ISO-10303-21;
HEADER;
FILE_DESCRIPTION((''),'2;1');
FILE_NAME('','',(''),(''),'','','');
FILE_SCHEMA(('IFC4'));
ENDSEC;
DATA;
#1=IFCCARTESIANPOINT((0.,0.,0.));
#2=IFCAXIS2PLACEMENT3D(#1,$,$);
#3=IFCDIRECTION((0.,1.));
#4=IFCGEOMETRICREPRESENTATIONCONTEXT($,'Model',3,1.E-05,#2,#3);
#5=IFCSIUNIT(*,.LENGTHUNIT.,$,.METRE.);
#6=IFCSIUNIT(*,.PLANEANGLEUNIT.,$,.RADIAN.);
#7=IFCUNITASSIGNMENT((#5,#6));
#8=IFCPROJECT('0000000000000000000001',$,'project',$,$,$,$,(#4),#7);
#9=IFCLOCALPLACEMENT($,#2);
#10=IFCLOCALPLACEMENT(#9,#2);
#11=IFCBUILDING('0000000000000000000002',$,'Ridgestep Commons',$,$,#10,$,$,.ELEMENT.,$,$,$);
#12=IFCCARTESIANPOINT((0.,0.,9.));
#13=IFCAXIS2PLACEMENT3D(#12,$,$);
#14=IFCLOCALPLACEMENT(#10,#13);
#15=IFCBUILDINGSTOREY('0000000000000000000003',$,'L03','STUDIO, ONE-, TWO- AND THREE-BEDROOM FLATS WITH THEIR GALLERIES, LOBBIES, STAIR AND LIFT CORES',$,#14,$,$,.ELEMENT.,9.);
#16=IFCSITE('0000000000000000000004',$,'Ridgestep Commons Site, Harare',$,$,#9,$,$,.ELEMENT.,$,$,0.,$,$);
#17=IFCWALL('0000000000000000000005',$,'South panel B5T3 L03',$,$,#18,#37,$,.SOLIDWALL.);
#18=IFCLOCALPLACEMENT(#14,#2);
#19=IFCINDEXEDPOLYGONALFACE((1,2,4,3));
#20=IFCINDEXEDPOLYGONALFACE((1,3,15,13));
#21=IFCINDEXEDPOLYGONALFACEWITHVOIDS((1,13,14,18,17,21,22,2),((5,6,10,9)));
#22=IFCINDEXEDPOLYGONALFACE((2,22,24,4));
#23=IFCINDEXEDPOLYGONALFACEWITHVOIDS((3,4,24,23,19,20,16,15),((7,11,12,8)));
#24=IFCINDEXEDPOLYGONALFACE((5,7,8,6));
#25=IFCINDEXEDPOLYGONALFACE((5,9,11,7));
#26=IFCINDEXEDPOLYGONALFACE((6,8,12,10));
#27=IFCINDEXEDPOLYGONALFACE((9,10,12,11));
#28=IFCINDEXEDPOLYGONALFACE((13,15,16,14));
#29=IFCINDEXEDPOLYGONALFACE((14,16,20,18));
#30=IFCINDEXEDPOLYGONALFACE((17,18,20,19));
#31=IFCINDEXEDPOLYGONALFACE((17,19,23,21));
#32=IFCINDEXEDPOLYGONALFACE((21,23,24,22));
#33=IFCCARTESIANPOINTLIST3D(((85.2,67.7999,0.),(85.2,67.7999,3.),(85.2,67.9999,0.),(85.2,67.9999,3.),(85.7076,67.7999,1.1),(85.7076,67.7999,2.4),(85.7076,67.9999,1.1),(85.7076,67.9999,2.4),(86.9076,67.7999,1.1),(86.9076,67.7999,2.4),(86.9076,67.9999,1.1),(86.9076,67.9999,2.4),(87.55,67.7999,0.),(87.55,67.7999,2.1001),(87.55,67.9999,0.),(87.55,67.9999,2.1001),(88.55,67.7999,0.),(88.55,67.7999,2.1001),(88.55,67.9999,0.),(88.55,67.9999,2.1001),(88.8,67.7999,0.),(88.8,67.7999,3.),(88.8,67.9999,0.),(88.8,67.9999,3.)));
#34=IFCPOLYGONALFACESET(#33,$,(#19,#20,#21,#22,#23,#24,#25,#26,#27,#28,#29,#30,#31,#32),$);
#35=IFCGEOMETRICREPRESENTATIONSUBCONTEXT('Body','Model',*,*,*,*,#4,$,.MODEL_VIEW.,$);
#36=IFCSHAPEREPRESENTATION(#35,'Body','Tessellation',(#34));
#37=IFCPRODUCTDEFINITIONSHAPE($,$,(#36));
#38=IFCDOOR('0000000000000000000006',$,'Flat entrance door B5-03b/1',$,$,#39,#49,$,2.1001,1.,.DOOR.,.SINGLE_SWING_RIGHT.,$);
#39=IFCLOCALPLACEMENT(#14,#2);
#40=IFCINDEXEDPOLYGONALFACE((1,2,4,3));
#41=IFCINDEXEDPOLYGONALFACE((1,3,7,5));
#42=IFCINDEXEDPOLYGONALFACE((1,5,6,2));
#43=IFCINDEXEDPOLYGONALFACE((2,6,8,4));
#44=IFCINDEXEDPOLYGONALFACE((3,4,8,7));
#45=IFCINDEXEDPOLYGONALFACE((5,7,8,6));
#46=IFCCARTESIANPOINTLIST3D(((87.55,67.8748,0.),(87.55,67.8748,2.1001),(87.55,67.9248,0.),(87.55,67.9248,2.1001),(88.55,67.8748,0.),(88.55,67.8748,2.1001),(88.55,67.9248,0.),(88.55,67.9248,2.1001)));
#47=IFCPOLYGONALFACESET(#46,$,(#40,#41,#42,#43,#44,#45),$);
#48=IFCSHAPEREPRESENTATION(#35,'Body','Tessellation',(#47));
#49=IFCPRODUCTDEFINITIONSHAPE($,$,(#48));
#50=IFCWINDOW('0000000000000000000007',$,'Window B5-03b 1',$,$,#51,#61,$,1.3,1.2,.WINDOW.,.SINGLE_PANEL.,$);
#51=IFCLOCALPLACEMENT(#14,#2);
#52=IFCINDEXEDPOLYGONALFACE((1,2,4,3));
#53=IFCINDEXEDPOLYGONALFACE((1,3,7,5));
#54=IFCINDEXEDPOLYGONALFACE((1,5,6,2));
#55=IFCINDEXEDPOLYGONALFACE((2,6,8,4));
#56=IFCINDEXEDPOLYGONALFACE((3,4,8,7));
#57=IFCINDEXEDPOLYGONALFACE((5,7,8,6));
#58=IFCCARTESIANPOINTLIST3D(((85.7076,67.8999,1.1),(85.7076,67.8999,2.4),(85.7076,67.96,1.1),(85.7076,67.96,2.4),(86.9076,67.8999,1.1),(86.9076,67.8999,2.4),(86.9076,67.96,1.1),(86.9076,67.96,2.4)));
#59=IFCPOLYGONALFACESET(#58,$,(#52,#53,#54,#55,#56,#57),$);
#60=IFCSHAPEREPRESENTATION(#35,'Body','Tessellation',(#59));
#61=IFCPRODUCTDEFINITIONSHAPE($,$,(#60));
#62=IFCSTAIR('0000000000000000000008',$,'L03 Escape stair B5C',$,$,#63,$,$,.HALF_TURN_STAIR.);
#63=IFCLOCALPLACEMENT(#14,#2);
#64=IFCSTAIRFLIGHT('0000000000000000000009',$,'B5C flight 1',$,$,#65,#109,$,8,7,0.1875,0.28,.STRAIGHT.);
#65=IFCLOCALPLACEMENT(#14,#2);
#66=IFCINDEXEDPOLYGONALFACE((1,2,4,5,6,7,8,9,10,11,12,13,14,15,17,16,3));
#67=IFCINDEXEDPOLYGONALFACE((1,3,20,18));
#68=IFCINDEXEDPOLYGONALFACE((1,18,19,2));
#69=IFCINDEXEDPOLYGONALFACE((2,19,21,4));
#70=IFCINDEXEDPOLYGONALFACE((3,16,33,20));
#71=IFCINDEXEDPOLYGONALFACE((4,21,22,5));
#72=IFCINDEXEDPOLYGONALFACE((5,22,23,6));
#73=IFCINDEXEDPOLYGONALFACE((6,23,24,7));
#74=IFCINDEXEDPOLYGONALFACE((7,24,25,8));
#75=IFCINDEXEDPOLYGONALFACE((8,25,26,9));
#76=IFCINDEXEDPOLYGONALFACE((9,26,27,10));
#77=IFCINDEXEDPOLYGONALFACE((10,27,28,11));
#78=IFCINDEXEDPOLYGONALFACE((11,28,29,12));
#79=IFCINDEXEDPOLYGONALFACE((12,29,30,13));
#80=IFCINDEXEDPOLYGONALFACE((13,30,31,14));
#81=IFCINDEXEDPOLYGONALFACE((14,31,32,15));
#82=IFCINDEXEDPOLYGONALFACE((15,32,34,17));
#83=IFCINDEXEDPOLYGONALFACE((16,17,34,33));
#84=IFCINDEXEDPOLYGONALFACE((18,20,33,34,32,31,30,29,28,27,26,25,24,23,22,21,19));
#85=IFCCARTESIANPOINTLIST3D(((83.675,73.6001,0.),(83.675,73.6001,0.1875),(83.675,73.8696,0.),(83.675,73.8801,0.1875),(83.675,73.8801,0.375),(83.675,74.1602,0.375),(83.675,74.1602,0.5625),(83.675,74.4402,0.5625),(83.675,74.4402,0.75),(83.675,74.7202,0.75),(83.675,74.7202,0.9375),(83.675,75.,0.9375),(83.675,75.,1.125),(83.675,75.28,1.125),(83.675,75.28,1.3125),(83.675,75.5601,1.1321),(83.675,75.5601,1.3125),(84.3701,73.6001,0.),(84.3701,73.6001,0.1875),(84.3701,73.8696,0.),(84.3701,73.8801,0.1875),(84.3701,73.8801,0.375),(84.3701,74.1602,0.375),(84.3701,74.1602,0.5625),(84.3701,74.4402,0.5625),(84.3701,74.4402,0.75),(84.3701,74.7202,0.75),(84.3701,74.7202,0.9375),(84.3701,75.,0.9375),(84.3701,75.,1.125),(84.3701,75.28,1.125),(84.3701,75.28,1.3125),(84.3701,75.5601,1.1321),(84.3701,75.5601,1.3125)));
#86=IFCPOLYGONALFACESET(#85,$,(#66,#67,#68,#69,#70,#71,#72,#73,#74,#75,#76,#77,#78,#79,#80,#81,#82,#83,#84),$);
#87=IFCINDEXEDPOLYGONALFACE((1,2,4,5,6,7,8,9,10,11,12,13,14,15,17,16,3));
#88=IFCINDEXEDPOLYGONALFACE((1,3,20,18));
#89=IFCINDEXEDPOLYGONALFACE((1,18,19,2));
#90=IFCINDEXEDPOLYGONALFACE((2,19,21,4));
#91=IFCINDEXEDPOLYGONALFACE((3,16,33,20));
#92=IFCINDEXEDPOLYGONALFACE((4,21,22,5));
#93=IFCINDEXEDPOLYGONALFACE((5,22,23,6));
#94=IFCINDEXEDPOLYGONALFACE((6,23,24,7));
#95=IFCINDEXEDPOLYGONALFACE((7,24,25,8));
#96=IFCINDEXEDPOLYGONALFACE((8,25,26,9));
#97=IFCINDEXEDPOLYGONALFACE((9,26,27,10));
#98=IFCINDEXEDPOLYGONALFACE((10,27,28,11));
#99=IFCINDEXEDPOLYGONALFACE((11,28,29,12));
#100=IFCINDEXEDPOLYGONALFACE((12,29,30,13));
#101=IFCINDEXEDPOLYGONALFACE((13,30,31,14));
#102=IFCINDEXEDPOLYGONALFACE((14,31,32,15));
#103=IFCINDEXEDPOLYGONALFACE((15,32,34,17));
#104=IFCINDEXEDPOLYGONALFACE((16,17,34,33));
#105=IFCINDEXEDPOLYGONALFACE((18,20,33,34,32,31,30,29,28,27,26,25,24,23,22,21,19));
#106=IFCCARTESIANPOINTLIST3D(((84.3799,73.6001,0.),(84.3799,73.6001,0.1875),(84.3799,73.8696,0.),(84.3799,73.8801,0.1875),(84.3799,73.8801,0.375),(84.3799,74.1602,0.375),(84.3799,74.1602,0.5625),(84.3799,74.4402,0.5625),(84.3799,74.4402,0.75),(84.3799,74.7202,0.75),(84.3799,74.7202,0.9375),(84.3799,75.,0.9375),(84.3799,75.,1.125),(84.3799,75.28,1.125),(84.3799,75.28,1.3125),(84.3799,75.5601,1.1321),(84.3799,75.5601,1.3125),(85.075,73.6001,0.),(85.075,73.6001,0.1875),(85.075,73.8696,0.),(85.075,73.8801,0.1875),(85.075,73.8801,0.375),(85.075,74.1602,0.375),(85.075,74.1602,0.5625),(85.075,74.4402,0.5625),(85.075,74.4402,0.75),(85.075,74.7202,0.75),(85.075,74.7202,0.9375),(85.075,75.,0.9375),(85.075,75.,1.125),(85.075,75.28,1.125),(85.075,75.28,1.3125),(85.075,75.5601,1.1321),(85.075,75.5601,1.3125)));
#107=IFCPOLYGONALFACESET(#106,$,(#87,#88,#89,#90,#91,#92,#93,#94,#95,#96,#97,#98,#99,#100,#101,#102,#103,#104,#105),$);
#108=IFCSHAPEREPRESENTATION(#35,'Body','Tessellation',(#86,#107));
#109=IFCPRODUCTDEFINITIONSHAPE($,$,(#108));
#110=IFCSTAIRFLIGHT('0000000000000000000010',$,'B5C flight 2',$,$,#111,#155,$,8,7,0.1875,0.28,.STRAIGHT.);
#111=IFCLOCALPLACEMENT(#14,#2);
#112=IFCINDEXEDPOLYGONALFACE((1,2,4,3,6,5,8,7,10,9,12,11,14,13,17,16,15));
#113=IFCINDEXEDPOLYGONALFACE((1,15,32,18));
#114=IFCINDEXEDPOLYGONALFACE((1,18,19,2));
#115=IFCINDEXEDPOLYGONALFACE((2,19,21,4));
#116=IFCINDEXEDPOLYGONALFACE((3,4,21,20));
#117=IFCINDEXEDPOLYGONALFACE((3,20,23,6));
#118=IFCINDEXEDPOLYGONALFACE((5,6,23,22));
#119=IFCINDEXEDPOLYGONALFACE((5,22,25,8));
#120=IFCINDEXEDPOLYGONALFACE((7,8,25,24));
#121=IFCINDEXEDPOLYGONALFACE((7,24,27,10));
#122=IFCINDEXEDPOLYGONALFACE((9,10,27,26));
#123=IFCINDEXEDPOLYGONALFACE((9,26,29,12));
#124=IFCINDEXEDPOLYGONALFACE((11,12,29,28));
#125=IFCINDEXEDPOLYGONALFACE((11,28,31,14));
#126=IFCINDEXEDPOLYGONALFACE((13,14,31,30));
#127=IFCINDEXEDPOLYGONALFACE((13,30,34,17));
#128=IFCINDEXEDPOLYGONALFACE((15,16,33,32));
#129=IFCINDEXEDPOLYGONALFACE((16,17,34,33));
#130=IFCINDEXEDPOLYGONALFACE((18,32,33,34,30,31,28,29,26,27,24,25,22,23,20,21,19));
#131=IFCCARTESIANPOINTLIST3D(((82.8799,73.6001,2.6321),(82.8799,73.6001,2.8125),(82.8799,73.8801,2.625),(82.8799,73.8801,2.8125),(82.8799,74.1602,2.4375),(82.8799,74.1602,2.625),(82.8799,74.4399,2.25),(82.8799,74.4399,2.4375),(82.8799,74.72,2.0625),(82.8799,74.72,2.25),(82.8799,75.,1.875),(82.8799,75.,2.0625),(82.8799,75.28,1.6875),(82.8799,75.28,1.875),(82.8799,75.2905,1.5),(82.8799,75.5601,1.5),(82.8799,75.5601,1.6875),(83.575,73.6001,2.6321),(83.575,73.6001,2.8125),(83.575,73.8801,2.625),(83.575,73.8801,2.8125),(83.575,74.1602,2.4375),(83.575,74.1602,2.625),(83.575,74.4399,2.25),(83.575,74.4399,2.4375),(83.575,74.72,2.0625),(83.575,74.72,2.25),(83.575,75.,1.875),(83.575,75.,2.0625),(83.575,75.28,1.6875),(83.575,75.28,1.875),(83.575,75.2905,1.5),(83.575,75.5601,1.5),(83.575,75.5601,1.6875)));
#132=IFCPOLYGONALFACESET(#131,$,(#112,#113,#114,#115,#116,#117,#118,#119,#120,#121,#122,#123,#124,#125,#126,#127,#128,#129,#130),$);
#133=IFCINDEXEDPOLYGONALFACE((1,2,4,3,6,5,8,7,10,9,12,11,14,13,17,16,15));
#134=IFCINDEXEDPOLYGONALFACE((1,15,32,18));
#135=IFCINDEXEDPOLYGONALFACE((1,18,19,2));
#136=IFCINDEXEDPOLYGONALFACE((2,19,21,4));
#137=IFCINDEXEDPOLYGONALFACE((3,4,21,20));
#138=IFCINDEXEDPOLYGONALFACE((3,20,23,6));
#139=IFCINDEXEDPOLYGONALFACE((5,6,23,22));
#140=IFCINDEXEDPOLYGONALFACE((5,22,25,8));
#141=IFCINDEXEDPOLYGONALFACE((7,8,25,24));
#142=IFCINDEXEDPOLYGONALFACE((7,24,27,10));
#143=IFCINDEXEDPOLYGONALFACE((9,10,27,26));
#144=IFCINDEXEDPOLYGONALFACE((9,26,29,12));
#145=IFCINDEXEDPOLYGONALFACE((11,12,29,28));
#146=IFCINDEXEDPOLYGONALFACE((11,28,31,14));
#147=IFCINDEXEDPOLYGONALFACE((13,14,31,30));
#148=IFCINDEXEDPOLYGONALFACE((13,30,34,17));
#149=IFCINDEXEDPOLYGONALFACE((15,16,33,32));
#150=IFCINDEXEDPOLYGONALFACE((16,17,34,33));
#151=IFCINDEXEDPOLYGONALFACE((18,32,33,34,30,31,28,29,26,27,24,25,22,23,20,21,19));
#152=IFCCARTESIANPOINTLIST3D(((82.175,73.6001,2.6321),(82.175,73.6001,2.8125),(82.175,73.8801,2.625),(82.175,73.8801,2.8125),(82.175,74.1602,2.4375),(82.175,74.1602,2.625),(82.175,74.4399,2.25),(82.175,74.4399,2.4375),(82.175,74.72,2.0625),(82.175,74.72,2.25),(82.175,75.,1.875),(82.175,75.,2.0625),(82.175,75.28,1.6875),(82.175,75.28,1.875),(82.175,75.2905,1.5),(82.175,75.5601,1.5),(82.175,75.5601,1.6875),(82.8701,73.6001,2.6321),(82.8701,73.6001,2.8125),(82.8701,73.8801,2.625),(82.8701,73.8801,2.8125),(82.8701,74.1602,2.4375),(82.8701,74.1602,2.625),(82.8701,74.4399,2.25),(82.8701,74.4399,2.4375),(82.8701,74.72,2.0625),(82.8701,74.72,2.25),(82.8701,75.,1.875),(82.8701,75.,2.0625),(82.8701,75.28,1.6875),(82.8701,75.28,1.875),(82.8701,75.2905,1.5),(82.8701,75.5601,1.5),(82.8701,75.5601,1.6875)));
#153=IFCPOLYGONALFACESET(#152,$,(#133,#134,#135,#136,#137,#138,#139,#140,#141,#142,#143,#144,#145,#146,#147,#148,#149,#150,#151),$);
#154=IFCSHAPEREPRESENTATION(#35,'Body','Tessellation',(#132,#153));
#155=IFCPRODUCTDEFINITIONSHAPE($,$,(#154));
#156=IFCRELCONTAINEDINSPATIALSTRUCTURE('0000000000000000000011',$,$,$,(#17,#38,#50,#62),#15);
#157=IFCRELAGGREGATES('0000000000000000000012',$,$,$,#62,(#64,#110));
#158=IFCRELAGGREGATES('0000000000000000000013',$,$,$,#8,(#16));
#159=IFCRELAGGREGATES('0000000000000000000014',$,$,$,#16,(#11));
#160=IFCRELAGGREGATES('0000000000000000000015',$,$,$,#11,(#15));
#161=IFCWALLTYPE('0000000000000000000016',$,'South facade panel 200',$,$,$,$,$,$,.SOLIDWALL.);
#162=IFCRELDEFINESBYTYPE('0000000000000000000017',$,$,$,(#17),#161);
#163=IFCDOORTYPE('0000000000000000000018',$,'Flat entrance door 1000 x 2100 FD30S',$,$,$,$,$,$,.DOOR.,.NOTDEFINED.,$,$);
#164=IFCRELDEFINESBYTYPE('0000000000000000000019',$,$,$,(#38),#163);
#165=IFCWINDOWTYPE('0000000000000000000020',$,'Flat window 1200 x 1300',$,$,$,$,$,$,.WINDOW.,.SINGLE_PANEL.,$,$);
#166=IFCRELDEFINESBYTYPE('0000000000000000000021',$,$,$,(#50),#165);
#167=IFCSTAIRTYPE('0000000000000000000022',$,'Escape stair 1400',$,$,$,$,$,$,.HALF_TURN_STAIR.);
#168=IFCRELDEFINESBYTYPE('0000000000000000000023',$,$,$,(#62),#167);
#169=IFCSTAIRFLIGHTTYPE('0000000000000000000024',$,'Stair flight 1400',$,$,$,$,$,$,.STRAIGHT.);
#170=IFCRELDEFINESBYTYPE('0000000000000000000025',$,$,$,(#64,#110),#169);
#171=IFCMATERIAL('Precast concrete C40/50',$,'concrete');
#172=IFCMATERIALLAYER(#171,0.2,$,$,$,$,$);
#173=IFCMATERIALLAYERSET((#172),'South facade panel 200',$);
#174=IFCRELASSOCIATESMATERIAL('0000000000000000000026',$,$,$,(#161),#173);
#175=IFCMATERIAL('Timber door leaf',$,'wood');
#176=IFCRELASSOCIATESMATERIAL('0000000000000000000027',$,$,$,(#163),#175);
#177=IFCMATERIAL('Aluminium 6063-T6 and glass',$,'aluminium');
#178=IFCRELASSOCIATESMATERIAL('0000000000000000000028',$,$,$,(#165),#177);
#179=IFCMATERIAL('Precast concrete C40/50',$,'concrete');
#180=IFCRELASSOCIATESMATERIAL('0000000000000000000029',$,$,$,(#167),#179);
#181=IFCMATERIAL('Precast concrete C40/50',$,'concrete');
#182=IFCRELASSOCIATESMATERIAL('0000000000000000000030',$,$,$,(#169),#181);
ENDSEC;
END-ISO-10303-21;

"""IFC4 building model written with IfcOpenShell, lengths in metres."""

from ifc_helpers import new_model, si_unit, direction, frame, frame_2d, origin, place, context, subcontext, project, spatial, polyline, rectangle, outline, extrude, material, layer, layer_set, type_object, element, fill, aggregate, save


model = new_model("IFC4")

# Units and contexts
model_context = context("Model", 3, precision=1e-05, world=origin(), true_north=direction((0.0, 1.0)))
body_context = subcontext(model_context, "Body", "Model", "MODEL_VIEW")
ifc_project = project(units=[si_unit("LENGTHUNIT", "METRE"), si_unit("PLANEANGLEUNIT", "RADIAN")], contexts=[model_context])

# Site, building, storey
site_placement = place(None, origin())
site = spatial("IfcSite", under=ifc_project, at=site_placement, Name="Ridgestep Commons Site, Harare", CompositionType="ELEMENT", RefElevation=0.0)
building_placement = place(site_placement, origin())
building = spatial("IfcBuilding", under=site, at=building_placement, Name="Ridgestep Commons", CompositionType="ELEMENT")
storey_placement = place(building_placement, frame((0.0, 0.0, 9.0)))
storey = spatial("IfcBuildingStorey", under=building, at=storey_placement, Name="L03", Description="STUDIO, ONE-, TWO- AND THREE-BEDROOM FLATS WITH THEIR GALLERIES, LOBBIES, STAIR AND LIFT CORES", CompositionType="ELEMENT", Elevation=9.0)

# Wall, openings, door, window
ifc_material_1 = material(Name="Precast concrete C40/50", Category="concrete")
ifc_layer_1 = layer(ifc_material_1, 0.2)
ifc_layer_set_1 = layer_set([ifc_layer_1], Name="South facade panel 200")
wall_type_1 = type_object("IfcWallType", Name="South facade panel 200", PredefinedType="SOLIDWALL", material=ifc_layer_set_1)
wall_1_placement = place(storey_placement, frame((85.2, 67.8999, 0.0), z_axis=(0.0, 0.0, 1.0), x_axis=(1.0, 0.0, 0.0)))
wall_1 = element("IfcWall", 1, at=wall_1_placement, inside=storey, type_object=wall_type_1, Name="South panel B5T3 L03", PredefinedType="SOLIDWALL", context=body_context, shape_type="SweptSolid", body=[
    extrude(rectangle(XDim=3.6001, YDim=0.2, at=frame_2d((1.8, 0.0))), origin(), (0.0, 0.0, 1.0), 3.0),
])
opening_1_placement = place(wall_1_placement, frame((0.5076, 0.0, 1.1001)))
opening_1 = element("IfcOpeningElement", 2, at=opening_1_placement, cuts=wall_1, PredefinedType="OPENING", context=body_context, shape_type="SweptSolid", body=[
    extrude(rectangle(XDim=1.2, YDim=1.3, at=frame_2d((0.6001, 0.6499))), frame((0.0, 0.1099, 0.0), z_axis=(0.0, -1.0, 0.0), x_axis=(1.0, 0.0, 0.0)), (0.0, 0.0, 1.0), 0.22),
])
opening_2_placement = place(wall_1_placement, frame((2.3501, 0.0, 0.0)))
opening_2 = element("IfcOpeningElement", 3, at=opening_2_placement, cuts=wall_1, PredefinedType="OPENING", context=body_context, shape_type="SweptSolid", body=[
    extrude(rectangle(XDim=1.0, YDim=2.1001, at=frame_2d((0.5, 1.05))), frame((0.0, 0.1099, 0.0), z_axis=(0.0, -1.0, 0.0), x_axis=(1.0, 0.0, 0.0)), (0.0, 0.0, 1.0), 0.22),
])
ifc_material_2 = material(Name="Timber door leaf", Category="wood")
door_type_1 = type_object("IfcDoorType", Name="Flat entrance door 1000 x 2100 FD30S", OperationType="NOTDEFINED", PredefinedType="DOOR", material=ifc_material_2)
door_1_placement = place(opening_2_placement, origin())
door_1 = element("IfcDoor", 4, at=door_1_placement, inside=storey, type_object=door_type_1, Name="Flat entrance door B5-03b/1", OperationType="SINGLE_SWING_RIGHT", OverallHeight=2.1001, OverallWidth=1.0, PredefinedType="DOOR", context=body_context, shape_type="SweptSolid", body=[
    extrude(rectangle(XDim=1.0, YDim=2.1001, at=frame_2d((0.5, 1.05))), frame((0.0, 0.0249, 0.0), z_axis=(0.0, -1.0, 0.0), x_axis=(1.0, 0.0, 0.0)), (0.0, 0.0, 1.0), 0.05),
])
fill(opening_2, door_1)
ifc_material_3 = material(Name="Aluminium 6063-T6 and glass", Category="aluminium")
window_type = type_object("IfcWindowType", Name="Flat window 1200 x 1300", PartitioningType="SINGLE_PANEL", PredefinedType="WINDOW", material=ifc_material_3)
window_placement = place(opening_1_placement, origin())
window = element("IfcWindow", 5, at=window_placement, inside=storey, type_object=window_type, Name="Window B5-03b 1", OverallHeight=1.3, OverallWidth=1.2, PartitioningType="SINGLE_PANEL", PredefinedType="WINDOW", context=body_context, shape_type="SweptSolid", body=[
    extrude(rectangle(XDim=1.2, YDim=1.3, at=frame_2d((0.6001, 0.6499))), frame((0.0, 0.0601, 0.0), z_axis=(0.0, -1.0, 0.0), x_axis=(1.0, 0.0, 0.0)), (0.0, 0.0, 1.0), 0.0601),
])
fill(opening_1, window)

# Stair, stair flights
ifc_material_4 = material(Name="Precast concrete C40/50", Category="concrete")
stair_type = type_object("IfcStairType", Name="Escape stair 1400", PredefinedType="HALF_TURN_STAIR", material=ifc_material_4)
stair_placement = place(storey_placement, origin())
stair = element("IfcStair", 6, at=stair_placement, inside=storey, type_object=stair_type, Name="L03 Escape stair B5C", PredefinedType="HALF_TURN_STAIR")
ifc_material_5 = material(Name="Precast concrete C40/50", Category="concrete")
stair_flight_type = type_object("IfcStairFlightType", Name="Stair flight 1400", PredefinedType="STRAIGHT", material=ifc_material_5)
stair_flight_1_placement = place(storey_placement, frame((84.375, 73.6001, 0.0), z_axis=(0.0, 0.0, 1.0), x_axis=(0.0, 1.0, 0.0)))
stair_flight_1 = element("IfcStairFlight", 7, at=stair_flight_1_placement, type_object=stair_flight_type, Name="B5C flight 1", NumberOfRisers=8, NumberOfTreads=7, PredefinedType="STRAIGHT", RiserHeight=0.1875, TreadLength=0.28, context=body_context, shape_type="SweptSolid", body=[
    extrude(outline(polyline([(0.0, 0.0), (0.0, 0.1875), (0.28, 0.1875), (0.28, 0.375), (0.5601, 0.375), (0.5601, 0.5625), (0.8401, 0.5625), (0.8401, 0.75), (1.1201, 0.75), (1.1201, 0.9375), (1.3999, 0.9375), (1.3999, 1.125), (1.6799, 1.125), (1.6799, 1.3125), (1.96, 1.3125), (1.96, 1.5), (1.96, 1.1321), (0.2695, 0.0), (0.0, 0.0)])), frame((0.0, 0.7, 0.0), z_axis=(0.0, -1.0, 0.0), x_axis=(1.0, 0.0, 0.0)), (0.0, 0.0, 1.0), 0.6951),
    extrude(outline(polyline([(0.0, 0.0), (0.0, 0.1875), (0.28, 0.1875), (0.28, 0.375), (0.5601, 0.375), (0.5601, 0.5625), (0.8401, 0.5625), (0.8401, 0.75), (1.1201, 0.75), (1.1201, 0.9375), (1.3999, 0.9375), (1.3999, 1.125), (1.6799, 1.125), (1.6799, 1.3125), (1.96, 1.3125), (1.96, 1.5), (1.96, 1.1321), (0.2695, 0.0), (0.0, 0.0)])), frame((0.0, -0.0049, 0.0), z_axis=(0.0, -1.0, 0.0), x_axis=(1.0, 0.0, 0.0)), (0.0, 0.0, 1.0), 0.6951),
])
stair_flight_2_placement = place(storey_placement, frame((82.875, 75.5601, 1.5), z_axis=(0.0, 0.0, 1.0), x_axis=(0.0, -1.0, 0.0)))
stair_flight_2 = element("IfcStairFlight", 8, at=stair_flight_2_placement, type_object=stair_flight_type, Name="B5C flight 2", NumberOfRisers=8, NumberOfTreads=7, PredefinedType="STRAIGHT", RiserHeight=0.1875, TreadLength=0.28, context=body_context, shape_type="SweptSolid", body=[
    extrude(outline(polyline([(0.0, 0.0), (0.0, 0.1875), (0.28, 0.1875), (0.28, 0.375), (0.5601, 0.375), (0.5601, 0.5625), (0.8401, 0.5625), (0.8401, 0.75), (1.1201, 0.75), (1.1201, 0.9375), (1.3999, 0.9375), (1.3999, 1.125), (1.6799, 1.125), (1.6799, 1.3125), (1.96, 1.3125), (1.96, 1.5), (1.96, 1.1321), (0.2695, 0.0), (0.0, 0.0)])), frame((0.0, 0.7, 0.0), z_axis=(0.0, -1.0, 0.0), x_axis=(1.0, 0.0, 0.0)), (0.0, 0.0, 1.0), 0.6951),
    extrude(outline(polyline([(0.0, 0.0), (0.0, 0.1875), (0.28, 0.1875), (0.28, 0.375), (0.5601, 0.375), (0.5601, 0.5625), (0.8401, 0.5625), (0.8401, 0.75), (1.1201, 0.75), (1.1201, 0.9375), (1.3999, 0.9375), (1.3999, 1.125), (1.6799, 1.125), (1.6799, 1.3125), (1.96, 1.3125), (1.96, 1.5), (1.96, 1.1321), (0.2695, 0.0), (0.0, 0.0)])), frame((0.0, -0.0049, 0.0), z_axis=(0.0, -1.0, 0.0), x_axis=(1.0, 0.0, 0.0)), (0.0, 0.0, 1.0), 0.6951),
])
aggregate(stair, [stair_flight_1, stair_flight_2])

save(model, "model.ifc")
